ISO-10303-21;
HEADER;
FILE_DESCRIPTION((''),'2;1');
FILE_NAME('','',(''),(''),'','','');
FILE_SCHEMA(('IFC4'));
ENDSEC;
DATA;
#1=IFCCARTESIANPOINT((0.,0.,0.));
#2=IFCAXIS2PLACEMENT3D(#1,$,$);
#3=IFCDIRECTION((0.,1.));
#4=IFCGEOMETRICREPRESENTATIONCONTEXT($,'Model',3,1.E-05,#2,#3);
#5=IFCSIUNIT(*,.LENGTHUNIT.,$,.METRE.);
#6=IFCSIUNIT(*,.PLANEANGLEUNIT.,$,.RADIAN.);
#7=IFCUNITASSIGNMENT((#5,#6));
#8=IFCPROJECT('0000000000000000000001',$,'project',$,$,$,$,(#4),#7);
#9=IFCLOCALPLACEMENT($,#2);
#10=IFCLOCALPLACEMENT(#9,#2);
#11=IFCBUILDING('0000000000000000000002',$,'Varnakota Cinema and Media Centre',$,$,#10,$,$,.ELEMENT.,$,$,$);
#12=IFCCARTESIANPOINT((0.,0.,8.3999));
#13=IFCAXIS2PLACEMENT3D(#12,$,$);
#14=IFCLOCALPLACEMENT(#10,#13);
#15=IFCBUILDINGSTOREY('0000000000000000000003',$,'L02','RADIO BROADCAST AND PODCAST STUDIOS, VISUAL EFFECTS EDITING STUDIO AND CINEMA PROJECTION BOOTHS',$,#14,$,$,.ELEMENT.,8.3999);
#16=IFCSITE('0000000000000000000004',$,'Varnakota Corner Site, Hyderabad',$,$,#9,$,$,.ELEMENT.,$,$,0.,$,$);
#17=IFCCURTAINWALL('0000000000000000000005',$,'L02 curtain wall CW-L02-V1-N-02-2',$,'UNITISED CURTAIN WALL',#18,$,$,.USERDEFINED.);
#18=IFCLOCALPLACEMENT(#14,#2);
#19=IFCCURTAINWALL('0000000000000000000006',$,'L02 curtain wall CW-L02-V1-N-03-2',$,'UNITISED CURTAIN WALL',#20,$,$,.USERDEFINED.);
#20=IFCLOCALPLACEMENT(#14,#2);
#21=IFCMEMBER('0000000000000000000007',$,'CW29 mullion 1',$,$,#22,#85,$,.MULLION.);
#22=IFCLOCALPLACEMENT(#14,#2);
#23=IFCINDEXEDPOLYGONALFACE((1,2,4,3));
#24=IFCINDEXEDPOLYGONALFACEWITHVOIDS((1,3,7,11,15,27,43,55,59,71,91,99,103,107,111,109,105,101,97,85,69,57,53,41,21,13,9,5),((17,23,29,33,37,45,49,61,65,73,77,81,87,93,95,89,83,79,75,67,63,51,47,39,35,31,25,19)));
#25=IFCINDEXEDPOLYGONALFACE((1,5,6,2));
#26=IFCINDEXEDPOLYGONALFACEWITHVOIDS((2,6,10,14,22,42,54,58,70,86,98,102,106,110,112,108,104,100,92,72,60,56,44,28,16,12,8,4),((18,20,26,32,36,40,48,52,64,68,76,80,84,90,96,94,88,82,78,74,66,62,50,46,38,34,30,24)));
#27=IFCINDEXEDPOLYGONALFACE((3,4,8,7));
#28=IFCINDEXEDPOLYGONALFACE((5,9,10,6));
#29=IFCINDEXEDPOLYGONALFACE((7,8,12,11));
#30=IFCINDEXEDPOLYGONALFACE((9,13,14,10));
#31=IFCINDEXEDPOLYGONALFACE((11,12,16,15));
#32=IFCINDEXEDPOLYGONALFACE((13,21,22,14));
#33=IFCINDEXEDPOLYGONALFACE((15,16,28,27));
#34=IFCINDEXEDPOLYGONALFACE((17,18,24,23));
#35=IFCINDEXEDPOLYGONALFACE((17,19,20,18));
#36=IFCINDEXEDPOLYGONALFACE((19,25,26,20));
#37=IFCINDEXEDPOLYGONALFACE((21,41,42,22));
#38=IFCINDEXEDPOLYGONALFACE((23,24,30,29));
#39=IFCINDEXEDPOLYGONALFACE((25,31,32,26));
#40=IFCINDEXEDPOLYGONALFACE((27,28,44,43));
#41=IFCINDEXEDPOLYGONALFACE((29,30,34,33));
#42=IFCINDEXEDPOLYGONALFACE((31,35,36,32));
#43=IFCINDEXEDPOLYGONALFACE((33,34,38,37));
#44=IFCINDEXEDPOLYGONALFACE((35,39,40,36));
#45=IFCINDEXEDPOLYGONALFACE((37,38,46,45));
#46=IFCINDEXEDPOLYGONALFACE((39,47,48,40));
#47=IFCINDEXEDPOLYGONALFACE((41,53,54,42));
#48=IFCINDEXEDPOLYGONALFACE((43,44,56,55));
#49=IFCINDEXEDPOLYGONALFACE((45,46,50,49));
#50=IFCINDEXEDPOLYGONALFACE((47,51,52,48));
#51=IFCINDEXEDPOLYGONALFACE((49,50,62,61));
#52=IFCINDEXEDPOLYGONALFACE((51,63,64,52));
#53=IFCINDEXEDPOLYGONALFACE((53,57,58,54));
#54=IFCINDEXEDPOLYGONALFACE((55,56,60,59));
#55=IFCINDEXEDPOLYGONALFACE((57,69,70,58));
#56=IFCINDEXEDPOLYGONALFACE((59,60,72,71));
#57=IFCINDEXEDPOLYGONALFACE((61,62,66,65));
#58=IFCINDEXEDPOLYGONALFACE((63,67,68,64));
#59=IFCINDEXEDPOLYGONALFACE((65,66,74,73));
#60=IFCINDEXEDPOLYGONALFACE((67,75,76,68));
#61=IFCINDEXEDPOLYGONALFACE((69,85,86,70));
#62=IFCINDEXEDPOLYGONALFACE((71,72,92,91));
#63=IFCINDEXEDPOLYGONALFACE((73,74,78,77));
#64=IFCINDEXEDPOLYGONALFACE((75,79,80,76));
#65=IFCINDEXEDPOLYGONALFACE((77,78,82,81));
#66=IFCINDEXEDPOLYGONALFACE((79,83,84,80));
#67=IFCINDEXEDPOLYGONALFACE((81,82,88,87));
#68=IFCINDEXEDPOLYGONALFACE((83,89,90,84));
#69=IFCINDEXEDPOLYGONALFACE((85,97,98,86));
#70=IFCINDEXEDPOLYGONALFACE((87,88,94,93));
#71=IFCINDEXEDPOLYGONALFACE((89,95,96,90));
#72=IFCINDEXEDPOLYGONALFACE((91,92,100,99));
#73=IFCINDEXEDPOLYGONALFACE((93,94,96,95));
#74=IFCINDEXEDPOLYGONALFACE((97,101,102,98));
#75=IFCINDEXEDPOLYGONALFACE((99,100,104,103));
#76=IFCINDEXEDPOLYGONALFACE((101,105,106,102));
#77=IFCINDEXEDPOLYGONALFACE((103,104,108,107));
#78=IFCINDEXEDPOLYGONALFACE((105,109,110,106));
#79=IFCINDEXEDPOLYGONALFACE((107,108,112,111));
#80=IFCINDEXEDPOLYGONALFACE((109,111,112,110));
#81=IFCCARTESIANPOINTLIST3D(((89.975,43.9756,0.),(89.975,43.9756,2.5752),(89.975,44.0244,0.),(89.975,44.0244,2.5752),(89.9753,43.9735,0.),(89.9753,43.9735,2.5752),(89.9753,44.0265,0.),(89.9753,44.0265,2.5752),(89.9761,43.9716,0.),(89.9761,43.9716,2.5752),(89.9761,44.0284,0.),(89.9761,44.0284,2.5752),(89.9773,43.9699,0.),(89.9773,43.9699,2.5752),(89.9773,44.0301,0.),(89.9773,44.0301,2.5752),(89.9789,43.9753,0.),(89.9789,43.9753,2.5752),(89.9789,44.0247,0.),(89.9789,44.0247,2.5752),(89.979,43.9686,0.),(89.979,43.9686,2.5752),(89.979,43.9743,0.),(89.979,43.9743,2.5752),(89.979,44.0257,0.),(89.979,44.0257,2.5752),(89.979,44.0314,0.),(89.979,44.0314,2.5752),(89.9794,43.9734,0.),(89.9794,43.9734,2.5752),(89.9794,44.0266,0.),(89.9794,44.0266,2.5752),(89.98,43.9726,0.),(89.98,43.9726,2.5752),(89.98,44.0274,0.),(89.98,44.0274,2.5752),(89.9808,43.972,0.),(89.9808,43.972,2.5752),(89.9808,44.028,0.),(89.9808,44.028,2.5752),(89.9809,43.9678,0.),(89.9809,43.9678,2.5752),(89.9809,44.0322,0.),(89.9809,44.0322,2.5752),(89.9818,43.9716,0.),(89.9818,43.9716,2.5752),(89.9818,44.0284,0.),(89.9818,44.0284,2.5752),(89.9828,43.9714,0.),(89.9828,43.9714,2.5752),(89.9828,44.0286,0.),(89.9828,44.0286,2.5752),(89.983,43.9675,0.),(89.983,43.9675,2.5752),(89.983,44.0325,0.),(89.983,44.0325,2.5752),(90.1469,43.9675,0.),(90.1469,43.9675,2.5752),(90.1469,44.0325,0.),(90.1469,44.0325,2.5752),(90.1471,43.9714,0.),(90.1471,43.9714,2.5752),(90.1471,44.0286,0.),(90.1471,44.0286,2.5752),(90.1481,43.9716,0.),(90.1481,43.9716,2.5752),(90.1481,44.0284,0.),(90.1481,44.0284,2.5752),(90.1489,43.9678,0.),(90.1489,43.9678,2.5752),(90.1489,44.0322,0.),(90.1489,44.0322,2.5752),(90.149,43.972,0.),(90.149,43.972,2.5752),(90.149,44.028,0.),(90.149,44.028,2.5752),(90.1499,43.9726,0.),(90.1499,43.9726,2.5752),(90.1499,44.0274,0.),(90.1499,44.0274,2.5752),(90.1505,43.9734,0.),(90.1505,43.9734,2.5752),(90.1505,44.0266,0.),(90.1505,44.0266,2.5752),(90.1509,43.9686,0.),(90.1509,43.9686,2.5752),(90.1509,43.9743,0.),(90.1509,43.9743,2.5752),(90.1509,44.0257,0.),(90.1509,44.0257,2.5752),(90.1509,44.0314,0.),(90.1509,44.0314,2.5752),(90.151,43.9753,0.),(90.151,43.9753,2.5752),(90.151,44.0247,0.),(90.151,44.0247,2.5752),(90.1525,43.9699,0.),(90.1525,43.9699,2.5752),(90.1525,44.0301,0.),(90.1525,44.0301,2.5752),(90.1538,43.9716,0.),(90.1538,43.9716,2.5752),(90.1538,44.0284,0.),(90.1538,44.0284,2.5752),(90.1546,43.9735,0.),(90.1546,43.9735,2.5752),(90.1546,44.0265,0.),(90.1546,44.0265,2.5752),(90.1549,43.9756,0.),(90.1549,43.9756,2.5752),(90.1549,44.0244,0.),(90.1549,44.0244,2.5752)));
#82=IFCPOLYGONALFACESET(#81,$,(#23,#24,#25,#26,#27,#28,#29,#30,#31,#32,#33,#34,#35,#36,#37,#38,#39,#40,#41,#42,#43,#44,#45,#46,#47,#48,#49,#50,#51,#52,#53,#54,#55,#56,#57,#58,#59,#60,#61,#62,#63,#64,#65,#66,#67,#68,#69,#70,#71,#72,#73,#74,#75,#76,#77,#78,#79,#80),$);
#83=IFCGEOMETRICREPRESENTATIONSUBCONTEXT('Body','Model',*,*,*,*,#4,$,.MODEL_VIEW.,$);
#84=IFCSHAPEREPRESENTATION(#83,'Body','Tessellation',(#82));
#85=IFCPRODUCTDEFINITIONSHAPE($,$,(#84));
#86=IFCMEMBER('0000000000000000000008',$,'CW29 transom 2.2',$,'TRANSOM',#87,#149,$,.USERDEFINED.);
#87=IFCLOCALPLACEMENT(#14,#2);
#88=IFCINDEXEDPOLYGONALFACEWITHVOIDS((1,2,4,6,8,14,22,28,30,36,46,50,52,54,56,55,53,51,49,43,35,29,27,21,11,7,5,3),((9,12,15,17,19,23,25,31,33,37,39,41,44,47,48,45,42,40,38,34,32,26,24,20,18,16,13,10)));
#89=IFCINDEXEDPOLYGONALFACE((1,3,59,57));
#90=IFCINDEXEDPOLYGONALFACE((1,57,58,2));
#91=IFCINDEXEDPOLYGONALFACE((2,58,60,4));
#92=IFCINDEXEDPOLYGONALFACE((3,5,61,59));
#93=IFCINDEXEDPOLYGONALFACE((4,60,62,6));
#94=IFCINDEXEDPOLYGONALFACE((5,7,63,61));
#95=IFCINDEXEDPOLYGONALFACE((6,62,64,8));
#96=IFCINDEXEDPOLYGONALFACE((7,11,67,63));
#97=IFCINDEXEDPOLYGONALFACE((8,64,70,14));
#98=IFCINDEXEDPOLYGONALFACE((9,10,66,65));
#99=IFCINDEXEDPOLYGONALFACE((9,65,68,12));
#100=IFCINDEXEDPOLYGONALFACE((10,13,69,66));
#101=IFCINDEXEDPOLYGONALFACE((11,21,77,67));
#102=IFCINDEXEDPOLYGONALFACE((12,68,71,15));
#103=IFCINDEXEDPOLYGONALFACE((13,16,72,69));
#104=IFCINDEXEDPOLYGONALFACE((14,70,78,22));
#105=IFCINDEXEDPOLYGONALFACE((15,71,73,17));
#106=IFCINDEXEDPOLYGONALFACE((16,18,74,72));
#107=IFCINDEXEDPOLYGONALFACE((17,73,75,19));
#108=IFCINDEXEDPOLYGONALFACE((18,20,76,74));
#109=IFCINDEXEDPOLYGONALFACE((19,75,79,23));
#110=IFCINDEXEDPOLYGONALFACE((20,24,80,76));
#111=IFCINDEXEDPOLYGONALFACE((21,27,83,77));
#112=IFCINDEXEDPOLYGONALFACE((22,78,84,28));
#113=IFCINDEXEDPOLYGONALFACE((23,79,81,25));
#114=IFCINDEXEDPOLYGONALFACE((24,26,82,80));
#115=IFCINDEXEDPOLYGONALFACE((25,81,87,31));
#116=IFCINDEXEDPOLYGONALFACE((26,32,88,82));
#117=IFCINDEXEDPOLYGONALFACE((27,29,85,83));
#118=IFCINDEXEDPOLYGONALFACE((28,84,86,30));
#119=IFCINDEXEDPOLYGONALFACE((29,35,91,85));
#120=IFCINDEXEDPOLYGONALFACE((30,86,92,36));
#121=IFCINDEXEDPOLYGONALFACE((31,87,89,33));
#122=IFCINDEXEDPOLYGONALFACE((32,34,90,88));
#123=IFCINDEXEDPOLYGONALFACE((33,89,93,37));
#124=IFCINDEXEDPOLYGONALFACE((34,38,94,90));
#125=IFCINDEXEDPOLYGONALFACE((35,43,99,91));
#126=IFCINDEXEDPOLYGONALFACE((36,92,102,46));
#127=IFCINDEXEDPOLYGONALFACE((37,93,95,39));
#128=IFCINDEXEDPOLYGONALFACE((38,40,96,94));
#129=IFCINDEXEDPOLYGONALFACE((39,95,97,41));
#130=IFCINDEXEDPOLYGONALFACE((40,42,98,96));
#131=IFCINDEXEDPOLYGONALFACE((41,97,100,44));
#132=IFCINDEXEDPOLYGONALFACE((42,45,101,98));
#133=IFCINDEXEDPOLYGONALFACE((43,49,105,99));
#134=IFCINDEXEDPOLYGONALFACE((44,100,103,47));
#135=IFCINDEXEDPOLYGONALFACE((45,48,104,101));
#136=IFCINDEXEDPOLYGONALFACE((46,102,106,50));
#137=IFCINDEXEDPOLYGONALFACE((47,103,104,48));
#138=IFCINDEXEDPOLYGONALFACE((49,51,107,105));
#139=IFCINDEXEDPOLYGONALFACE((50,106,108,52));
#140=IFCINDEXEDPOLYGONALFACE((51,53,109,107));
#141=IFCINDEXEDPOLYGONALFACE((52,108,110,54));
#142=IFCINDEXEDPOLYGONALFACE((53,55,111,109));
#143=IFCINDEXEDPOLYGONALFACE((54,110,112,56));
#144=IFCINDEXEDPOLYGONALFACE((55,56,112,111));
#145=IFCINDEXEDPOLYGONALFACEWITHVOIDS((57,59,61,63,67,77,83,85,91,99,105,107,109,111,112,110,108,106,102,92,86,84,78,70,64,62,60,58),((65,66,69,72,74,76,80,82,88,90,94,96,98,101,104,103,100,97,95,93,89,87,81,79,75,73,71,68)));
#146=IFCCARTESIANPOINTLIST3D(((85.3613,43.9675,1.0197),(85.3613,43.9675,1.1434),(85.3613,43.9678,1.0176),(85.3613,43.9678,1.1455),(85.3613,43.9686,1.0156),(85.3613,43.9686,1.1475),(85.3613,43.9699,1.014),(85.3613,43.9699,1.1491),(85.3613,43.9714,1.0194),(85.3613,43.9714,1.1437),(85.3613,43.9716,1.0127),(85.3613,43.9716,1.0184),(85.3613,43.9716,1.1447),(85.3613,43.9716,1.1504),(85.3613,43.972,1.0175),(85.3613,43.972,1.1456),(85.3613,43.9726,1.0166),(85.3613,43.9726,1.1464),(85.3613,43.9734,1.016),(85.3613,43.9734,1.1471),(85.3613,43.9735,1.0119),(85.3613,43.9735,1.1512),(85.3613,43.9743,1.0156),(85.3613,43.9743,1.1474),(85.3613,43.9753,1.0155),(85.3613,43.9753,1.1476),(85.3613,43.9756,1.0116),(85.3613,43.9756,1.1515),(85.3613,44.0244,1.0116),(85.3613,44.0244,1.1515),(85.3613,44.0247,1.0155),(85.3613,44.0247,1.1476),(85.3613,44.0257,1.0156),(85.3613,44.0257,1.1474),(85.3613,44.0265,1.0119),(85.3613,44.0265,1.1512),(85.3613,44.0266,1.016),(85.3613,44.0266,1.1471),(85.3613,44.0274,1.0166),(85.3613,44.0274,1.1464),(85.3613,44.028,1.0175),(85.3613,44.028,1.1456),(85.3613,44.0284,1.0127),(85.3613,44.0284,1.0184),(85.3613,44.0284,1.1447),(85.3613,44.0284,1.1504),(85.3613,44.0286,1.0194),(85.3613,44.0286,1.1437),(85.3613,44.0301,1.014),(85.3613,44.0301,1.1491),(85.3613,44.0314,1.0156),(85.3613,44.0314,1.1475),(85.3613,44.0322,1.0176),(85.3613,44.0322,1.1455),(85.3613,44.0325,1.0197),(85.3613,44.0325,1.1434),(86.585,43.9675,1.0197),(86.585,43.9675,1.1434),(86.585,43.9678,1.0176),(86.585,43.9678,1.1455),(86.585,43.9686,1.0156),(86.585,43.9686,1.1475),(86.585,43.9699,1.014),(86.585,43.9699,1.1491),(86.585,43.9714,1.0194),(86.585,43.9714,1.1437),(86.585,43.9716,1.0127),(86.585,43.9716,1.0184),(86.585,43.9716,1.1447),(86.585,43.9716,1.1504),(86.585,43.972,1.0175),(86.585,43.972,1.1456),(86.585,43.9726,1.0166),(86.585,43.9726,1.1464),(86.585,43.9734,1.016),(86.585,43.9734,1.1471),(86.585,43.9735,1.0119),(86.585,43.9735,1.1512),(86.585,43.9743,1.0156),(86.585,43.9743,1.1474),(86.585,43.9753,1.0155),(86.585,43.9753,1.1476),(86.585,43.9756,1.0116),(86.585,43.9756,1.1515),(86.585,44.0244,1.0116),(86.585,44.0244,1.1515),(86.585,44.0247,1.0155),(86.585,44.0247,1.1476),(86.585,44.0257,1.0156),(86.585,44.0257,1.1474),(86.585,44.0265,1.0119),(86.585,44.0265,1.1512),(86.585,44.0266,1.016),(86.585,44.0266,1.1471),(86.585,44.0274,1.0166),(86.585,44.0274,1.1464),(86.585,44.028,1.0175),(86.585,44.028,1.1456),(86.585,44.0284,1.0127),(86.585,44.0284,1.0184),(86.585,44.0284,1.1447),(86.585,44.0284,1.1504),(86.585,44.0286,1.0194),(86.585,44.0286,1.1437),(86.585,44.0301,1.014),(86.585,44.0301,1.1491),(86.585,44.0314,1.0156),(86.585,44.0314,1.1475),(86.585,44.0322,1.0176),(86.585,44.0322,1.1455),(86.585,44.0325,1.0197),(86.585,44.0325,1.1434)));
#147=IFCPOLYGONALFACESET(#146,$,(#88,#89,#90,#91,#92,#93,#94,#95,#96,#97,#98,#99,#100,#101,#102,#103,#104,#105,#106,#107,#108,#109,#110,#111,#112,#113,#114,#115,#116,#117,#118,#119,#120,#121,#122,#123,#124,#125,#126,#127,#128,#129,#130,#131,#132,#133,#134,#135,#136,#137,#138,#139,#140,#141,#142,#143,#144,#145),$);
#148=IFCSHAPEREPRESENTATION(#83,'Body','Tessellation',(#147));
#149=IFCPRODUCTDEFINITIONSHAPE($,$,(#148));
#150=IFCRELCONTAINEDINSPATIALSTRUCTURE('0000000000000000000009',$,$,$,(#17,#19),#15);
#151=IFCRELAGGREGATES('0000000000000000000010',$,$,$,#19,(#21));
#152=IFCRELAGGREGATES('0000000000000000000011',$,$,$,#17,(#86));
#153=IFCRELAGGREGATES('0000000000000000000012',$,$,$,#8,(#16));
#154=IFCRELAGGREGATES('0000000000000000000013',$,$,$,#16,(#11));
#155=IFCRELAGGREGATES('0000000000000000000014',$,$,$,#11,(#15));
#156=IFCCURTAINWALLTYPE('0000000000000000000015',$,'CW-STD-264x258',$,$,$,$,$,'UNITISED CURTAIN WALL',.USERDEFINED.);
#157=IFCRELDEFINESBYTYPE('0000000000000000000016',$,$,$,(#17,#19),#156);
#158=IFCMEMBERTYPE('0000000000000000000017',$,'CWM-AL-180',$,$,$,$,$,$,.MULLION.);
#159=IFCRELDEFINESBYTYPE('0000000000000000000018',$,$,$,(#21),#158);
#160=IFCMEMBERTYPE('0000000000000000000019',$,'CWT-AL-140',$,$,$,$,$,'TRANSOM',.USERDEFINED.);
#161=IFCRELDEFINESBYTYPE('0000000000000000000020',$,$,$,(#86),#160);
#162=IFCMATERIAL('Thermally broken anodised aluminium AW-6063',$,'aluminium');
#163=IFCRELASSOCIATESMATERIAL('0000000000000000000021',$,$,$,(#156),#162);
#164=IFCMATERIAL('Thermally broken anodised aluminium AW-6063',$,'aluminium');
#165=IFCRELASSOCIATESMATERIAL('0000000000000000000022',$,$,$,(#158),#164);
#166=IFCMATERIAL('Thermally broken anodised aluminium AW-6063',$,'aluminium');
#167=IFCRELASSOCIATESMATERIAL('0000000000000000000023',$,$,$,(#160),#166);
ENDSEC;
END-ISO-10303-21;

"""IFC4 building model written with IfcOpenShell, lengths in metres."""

from ifc_helpers import new_model, si_unit, direction, frame, origin, origin_2d, place, context, subcontext, project, spatial, hollow_rectangle, extrude, material, material_profile, profile_set, type_object, element, aggregate, save


model = new_model("IFC4")

# Units and contexts
model_context = context("Model", 3, precision=1e-05, world=origin(), true_north=direction((0.0, 1.0)))
body_context = subcontext(model_context, "Body", "Model", "MODEL_VIEW")
ifc_project = project(units=[si_unit("LENGTHUNIT", "METRE"), si_unit("PLANEANGLEUNIT", "RADIAN")], contexts=[model_context])

# Site, building, storey
site_placement = place(None, origin())
site = spatial("IfcSite", under=ifc_project, at=site_placement, Name="Varnakota Corner Site, Hyderabad", CompositionType="ELEMENT", RefElevation=0.0)
building_placement = place(site_placement, origin())
building = spatial("IfcBuilding", under=site, at=building_placement, Name="Varnakota Cinema and Media Centre", CompositionType="ELEMENT")
storey_placement = place(building_placement, frame((0.0, 0.0, 8.3999)))
storey = spatial("IfcBuildingStorey", under=building, at=storey_placement, Name="L02", Description="RADIO BROADCAST AND PODCAST STUDIOS, VISUAL EFFECTS EDITING STUDIO AND CINEMA PROJECTION BOOTHS", CompositionType="ELEMENT", Elevation=8.3999)

# Curtain wall
ifc_material_1 = material(Name="Thermally broken anodised aluminium AW-6063", Category="aluminium")
curtain_wall_type = type_object("IfcCurtainWallType", Name="CW-STD-264x258", ElementType="UNITISED CURTAIN WALL", PredefinedType="USERDEFINED", material=ifc_material_1)
curtain_wall_1_placement = place(storey_placement, origin())
curtain_wall_1 = element("IfcCurtainWall", 1, at=curtain_wall_1_placement, inside=storey, type_object=curtain_wall_type, Name="L02 curtain wall CW-L02-V1-N-02-2", ObjectType="UNITISED CURTAIN WALL", PredefinedType="USERDEFINED")
ifc_material_2 = material(Name="Thermally broken anodised aluminium AW-6063", Category="aluminium")
ifc_material_profile_1 = material_profile(ifc_material_2, hollow_rectangle(XDim=0.0649, YDim=0.1799, WallThickness=0.0039, InnerFilletRadius=0.0039, OuterFilletRadius=0.0081, at=origin_2d()), Name="AL-MULLION 180x65x4")
ifc_profile_set_1 = profile_set([ifc_material_profile_1], Name="Thermally broken anodised aluminium AW-6063")
member_type_1 = type_object("IfcMemberType", Name="CWM-AL-180", PredefinedType="MULLION", material=ifc_profile_set_1)

# Curtain wall, member
curtain_wall_2_placement = place(storey_placement, origin())
curtain_wall_2 = element("IfcCurtainWall", 2, at=curtain_wall_2_placement, inside=storey, type_object=curtain_wall_type, Name="L02 curtain wall CW-L02-V1-N-03-2", ObjectType="UNITISED CURTAIN WALL", PredefinedType="USERDEFINED")
member_1_placement = place(storey_placement, frame((90.0649, 44.0, 0.0), z_axis=(0.0, 0.0, 1.0), x_axis=(0.0, 1.0, 0.0)))
member_1 = element("IfcMember", 3, at=member_1_placement, type_object=member_type_1, Name="CW29 mullion 1", PredefinedType="MULLION", context=body_context, shape_type="SweptSolid", body=[
    extrude(hollow_rectangle(XDim=0.0649, YDim=0.1799, WallThickness=0.0039, InnerFilletRadius=0.0039, OuterFilletRadius=0.0081, at=origin_2d()), origin(), (0.0, 0.0, 1.0), 2.5752),
])

# Member
ifc_material_3 = material(Name="Thermally broken anodised aluminium AW-6063", Category="aluminium")
ifc_material_profile_2 = material_profile(ifc_material_3, hollow_rectangle(XDim=0.0649, YDim=0.1399, WallThickness=0.0039, InnerFilletRadius=0.0039, OuterFilletRadius=0.0081, at=origin_2d()), Name="AL-TRANSOM 140x65x4")
ifc_profile_set_2 = profile_set([ifc_material_profile_2], Name="Thermally broken anodised aluminium AW-6063")
member_type_2 = type_object("IfcMemberType", Name="CWT-AL-140", ElementType="TRANSOM", PredefinedType="USERDEFINED", material=ifc_profile_set_2)
member_2_placement = place(storey_placement, frame((85.3613, 44.0, 1.0815), z_axis=(1.0, 0.0, 0.0), x_axis=(0.0, 1.0, 0.0)))
member_2 = element("IfcMember", 4, at=member_2_placement, type_object=member_type_2, Name="CW29 transom 2.2", ObjectType="TRANSOM", PredefinedType="USERDEFINED", context=body_context, shape_type="SweptSolid", body=[
    extrude(hollow_rectangle(XDim=0.0649, YDim=0.1399, WallThickness=0.0039, InnerFilletRadius=0.0039, OuterFilletRadius=0.0081, at=origin_2d()), origin(), (0.0, 0.0, 1.0), 1.2236),
])
aggregate(curtain_wall_2, [member_1])

aggregate(curtain_wall_1, [member_2])

save(model, "model.ifc")
